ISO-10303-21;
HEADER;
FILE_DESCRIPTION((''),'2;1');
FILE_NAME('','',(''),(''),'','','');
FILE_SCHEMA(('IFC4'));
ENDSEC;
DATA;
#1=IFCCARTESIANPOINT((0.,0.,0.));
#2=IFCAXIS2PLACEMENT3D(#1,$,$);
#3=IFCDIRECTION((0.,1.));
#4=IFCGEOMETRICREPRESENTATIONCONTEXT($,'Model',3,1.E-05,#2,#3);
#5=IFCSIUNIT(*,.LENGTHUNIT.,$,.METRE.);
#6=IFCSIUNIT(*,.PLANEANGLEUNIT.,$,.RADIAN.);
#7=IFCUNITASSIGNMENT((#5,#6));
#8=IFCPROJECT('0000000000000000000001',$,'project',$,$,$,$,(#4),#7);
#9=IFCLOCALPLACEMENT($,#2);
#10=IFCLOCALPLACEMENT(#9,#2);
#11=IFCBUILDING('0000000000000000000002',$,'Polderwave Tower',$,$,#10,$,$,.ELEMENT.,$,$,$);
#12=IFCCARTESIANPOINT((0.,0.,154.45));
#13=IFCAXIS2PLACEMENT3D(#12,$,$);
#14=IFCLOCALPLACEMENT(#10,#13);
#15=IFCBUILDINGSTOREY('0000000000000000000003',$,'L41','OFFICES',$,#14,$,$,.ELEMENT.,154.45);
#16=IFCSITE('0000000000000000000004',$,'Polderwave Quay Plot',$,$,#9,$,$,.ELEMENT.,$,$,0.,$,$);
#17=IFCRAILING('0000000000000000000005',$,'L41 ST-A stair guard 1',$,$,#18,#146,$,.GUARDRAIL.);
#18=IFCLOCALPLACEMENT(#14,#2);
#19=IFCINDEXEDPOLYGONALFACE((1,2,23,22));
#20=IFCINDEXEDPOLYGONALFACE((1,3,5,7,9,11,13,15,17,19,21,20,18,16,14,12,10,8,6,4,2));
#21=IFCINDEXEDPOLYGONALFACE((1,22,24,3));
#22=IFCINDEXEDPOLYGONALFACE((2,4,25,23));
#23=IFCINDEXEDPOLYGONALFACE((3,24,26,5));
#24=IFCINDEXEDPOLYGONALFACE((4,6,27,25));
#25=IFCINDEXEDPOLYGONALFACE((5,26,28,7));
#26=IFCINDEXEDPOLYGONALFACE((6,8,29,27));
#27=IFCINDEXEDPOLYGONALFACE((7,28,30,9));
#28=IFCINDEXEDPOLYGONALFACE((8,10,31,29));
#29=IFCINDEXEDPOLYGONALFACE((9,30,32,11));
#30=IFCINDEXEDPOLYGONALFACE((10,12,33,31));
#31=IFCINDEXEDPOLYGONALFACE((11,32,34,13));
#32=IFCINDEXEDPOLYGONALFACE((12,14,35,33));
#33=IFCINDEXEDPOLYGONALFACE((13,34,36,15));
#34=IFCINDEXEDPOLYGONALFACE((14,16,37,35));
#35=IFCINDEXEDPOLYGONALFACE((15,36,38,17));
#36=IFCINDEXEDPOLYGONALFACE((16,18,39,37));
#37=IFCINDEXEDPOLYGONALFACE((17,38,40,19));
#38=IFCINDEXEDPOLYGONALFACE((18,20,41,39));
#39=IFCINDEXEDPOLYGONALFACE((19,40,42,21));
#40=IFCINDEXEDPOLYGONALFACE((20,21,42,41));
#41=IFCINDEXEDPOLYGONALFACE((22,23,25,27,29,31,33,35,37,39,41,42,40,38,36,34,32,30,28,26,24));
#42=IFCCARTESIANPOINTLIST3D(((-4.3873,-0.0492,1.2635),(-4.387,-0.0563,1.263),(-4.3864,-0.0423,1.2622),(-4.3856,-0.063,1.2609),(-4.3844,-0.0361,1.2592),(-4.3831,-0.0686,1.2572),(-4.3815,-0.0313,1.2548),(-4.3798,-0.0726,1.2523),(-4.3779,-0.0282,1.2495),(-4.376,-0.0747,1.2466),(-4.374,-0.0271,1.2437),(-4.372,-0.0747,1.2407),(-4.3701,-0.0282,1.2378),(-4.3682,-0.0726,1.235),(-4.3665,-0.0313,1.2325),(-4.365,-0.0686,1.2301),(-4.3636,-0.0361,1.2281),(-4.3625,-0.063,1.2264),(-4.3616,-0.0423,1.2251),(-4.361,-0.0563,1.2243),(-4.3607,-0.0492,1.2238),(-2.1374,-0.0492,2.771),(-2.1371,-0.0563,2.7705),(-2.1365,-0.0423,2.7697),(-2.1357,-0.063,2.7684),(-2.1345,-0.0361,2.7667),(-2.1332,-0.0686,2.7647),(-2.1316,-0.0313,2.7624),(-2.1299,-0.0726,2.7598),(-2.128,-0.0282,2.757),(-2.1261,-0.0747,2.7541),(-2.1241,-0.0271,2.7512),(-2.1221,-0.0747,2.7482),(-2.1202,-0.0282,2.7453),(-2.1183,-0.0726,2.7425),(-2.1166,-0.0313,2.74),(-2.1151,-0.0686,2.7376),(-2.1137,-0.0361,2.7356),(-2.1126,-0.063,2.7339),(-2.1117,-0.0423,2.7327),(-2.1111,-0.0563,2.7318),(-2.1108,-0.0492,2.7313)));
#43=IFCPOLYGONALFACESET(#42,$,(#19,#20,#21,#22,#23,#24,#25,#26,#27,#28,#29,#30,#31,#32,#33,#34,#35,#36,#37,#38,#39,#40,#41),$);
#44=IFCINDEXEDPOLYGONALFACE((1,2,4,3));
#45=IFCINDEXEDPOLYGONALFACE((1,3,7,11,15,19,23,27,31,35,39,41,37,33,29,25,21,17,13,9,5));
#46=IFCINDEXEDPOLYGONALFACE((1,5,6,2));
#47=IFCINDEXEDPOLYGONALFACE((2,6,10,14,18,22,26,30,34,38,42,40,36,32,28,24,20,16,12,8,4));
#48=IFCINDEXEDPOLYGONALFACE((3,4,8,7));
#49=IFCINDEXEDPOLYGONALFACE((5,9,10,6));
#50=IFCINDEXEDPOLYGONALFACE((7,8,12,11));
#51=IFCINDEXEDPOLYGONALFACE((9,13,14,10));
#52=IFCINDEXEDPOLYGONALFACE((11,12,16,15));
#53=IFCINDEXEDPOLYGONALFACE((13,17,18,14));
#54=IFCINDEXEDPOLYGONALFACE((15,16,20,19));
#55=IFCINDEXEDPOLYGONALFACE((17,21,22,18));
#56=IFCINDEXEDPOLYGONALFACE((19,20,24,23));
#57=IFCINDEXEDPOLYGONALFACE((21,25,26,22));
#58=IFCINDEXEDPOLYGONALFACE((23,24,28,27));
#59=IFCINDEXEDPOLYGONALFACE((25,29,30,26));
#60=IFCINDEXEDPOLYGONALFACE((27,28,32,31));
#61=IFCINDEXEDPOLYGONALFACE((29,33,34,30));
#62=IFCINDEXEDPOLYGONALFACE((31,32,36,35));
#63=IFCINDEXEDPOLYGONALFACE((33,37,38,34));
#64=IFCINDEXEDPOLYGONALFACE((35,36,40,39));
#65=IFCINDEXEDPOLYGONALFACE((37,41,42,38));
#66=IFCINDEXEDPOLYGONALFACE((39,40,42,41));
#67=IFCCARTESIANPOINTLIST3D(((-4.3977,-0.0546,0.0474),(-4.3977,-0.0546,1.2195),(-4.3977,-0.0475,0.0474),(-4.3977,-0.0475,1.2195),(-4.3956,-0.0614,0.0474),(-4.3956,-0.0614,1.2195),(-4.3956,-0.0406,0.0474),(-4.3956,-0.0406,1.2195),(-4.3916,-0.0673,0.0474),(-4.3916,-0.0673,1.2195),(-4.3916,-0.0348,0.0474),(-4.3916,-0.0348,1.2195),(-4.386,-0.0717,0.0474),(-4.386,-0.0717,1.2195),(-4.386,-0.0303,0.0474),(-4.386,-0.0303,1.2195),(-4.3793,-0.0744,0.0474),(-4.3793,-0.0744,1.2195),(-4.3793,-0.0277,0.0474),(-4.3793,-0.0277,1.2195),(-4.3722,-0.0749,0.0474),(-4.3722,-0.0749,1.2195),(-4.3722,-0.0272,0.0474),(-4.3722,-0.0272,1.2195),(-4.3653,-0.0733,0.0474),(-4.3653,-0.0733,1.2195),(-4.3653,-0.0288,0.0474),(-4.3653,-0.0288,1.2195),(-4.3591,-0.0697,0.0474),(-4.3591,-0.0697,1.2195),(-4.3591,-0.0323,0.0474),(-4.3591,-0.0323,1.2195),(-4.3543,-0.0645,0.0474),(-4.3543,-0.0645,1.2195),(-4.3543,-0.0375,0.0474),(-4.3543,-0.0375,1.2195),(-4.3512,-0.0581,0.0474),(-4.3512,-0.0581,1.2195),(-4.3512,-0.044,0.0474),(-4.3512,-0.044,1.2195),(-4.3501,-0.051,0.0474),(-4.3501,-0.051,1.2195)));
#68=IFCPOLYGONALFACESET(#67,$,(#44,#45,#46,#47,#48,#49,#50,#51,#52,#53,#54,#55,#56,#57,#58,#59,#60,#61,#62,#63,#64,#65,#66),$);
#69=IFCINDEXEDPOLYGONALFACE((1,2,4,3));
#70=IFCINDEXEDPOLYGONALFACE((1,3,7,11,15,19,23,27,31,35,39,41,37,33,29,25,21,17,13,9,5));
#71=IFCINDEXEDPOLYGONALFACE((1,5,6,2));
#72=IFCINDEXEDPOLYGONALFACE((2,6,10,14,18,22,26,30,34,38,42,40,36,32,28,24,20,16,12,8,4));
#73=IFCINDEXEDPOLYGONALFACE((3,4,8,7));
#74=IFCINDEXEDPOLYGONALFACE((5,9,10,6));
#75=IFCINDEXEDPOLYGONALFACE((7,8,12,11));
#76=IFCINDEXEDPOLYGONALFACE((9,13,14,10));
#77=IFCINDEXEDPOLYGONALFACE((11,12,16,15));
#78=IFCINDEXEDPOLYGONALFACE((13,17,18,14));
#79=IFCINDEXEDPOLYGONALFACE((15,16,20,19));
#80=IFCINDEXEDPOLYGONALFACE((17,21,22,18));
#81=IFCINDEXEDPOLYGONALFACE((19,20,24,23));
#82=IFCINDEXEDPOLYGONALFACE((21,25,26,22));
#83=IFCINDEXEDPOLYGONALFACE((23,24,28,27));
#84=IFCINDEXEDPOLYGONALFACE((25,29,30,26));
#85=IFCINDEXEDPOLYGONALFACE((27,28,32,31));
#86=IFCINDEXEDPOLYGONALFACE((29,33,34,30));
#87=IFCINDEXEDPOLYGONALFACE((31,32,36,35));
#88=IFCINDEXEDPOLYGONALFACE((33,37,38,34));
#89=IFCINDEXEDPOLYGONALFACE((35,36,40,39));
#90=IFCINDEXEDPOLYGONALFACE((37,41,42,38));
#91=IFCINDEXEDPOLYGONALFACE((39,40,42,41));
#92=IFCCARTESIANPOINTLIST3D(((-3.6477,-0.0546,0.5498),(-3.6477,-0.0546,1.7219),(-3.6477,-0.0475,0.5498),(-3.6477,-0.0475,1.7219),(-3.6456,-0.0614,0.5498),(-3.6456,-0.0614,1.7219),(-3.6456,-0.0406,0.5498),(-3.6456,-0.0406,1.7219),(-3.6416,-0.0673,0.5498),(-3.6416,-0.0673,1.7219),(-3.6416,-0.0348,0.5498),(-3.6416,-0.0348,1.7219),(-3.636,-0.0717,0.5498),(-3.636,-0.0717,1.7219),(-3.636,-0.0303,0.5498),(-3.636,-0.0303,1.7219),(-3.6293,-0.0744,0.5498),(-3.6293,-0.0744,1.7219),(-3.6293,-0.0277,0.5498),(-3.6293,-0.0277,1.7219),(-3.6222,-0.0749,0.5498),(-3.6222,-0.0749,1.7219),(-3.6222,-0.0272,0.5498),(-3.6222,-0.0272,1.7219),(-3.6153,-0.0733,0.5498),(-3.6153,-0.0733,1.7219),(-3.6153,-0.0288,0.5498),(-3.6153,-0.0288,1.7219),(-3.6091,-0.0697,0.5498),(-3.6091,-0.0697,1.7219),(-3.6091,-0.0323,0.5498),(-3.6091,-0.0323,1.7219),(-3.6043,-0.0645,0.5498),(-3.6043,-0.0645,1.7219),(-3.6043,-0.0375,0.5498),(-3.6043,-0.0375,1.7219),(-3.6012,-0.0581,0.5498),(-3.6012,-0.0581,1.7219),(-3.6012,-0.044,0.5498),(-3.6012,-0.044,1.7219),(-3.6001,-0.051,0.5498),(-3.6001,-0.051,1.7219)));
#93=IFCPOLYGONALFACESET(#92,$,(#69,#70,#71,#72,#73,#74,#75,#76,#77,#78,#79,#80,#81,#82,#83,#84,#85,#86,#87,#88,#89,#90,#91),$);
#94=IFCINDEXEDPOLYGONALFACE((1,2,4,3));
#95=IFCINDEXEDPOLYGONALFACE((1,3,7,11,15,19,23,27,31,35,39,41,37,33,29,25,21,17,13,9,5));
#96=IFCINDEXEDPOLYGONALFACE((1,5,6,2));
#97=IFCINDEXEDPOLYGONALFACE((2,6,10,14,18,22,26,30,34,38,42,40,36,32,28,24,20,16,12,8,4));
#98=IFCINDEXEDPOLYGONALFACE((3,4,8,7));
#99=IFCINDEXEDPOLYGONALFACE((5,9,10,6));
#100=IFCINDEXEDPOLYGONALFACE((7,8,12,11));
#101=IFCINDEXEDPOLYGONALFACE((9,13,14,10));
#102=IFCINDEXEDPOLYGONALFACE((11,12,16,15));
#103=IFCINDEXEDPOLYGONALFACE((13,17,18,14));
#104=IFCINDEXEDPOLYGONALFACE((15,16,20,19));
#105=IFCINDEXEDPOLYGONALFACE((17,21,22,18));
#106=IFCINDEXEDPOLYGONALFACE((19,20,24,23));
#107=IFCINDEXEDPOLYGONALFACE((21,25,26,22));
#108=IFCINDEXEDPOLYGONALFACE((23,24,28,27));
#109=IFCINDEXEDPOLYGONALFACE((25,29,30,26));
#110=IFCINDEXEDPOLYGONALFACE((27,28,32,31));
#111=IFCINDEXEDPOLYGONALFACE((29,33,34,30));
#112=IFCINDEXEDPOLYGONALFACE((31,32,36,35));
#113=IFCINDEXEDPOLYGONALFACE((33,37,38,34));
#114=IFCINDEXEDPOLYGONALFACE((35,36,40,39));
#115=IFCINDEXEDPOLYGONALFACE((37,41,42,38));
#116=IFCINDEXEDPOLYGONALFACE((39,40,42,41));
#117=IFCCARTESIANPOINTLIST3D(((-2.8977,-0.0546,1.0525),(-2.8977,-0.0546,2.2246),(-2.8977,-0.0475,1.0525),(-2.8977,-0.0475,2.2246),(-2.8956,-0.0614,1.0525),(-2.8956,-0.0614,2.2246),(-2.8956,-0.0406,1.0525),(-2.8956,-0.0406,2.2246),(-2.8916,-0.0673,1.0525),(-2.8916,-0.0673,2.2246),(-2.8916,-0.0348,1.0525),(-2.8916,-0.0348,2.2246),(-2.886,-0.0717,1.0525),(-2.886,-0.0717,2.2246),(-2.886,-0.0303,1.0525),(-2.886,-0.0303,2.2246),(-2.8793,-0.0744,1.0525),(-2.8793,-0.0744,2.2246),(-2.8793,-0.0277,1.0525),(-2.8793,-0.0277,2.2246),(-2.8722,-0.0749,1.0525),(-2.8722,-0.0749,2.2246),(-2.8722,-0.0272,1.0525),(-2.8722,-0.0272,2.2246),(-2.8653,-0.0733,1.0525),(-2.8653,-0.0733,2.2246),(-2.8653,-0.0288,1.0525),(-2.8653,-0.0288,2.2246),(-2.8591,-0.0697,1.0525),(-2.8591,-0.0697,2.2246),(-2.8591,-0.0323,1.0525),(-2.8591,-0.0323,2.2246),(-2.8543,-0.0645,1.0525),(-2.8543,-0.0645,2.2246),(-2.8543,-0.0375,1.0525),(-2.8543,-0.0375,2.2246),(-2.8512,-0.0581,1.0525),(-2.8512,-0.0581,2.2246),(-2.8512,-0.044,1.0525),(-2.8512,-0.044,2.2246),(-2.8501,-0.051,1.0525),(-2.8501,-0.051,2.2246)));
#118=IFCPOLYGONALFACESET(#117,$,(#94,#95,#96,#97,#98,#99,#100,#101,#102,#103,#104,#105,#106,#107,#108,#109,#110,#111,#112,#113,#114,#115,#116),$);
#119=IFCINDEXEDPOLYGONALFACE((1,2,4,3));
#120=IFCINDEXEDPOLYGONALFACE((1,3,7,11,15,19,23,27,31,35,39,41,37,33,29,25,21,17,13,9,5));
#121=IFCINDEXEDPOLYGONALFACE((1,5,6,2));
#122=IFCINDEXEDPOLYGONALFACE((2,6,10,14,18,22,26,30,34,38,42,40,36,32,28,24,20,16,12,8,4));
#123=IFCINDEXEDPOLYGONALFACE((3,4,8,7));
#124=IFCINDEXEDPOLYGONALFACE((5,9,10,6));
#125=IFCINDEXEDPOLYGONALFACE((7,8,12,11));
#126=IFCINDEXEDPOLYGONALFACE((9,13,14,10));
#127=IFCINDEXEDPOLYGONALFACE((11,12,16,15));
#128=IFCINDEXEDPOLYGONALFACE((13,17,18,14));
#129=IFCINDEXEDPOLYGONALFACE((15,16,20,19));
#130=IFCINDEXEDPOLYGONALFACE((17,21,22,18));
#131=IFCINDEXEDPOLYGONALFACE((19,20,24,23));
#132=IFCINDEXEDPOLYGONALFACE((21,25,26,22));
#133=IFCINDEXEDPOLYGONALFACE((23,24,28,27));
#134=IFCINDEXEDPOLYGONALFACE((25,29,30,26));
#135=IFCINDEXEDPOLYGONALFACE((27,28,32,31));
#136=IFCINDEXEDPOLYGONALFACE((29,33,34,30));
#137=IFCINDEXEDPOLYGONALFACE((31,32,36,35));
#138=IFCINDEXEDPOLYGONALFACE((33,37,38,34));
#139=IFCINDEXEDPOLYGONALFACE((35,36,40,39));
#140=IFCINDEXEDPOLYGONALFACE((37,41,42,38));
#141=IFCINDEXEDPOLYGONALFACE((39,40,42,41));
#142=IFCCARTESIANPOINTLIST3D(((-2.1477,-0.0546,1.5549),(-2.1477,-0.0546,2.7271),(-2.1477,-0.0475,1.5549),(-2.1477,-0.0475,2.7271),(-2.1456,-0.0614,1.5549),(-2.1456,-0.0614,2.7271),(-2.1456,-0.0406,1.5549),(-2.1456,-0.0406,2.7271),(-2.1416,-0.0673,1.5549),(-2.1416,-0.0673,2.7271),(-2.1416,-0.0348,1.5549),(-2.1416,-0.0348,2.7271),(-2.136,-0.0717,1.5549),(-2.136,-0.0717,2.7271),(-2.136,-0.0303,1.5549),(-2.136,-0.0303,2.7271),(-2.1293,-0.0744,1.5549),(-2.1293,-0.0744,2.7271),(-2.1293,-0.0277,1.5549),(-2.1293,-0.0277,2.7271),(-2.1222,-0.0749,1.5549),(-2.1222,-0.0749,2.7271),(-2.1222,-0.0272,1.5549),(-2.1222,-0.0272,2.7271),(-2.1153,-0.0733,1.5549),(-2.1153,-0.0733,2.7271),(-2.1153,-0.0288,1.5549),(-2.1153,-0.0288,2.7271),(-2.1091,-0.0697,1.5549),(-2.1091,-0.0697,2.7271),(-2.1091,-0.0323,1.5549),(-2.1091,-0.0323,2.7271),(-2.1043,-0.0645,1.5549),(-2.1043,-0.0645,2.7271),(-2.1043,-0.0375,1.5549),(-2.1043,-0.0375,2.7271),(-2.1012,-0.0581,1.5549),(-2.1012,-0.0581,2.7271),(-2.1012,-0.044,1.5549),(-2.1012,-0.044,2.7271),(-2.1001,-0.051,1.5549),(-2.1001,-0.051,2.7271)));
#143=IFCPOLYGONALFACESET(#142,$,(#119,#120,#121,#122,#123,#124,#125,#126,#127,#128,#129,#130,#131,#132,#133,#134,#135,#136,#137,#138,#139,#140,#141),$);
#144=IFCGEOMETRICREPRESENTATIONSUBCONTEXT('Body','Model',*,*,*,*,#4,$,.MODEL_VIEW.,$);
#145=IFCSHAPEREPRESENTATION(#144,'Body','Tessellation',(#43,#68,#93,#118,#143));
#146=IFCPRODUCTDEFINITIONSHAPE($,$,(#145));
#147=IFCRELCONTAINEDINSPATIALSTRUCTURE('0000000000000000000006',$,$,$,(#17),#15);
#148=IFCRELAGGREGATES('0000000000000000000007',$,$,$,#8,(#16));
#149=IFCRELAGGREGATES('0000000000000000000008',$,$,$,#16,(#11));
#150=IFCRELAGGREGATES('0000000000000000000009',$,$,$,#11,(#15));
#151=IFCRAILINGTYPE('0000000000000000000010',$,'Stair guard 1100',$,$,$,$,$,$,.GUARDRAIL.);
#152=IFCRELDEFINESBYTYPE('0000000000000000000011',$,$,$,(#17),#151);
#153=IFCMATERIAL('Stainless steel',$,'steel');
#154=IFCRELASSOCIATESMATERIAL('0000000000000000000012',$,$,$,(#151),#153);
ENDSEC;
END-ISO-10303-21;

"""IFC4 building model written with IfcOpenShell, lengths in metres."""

from ifc_helpers import new_model, si_unit, direction, frame, origin, origin_2d, place, context, subcontext, project, spatial, circle, extrude, material, type_object, element, save


model = new_model("IFC4")

# Units and contexts
model_context = context("Model", 3, precision=1e-05, world=origin(), true_north=direction((0.0, 1.0)))
body_context = subcontext(model_context, "Body", "Model", "MODEL_VIEW")
ifc_project = project(units=[si_unit("LENGTHUNIT", "METRE"), si_unit("PLANEANGLEUNIT", "RADIAN")], contexts=[model_context])

# Site, building, storey
site_placement = place(None, origin())
site = spatial("IfcSite", under=ifc_project, at=site_placement, Name="Polderwave Quay Plot", CompositionType="ELEMENT", RefElevation=0.0)
building_placement = place(site_placement, origin())
building = spatial("IfcBuilding", under=site, at=building_placement, Name="Polderwave Tower", CompositionType="ELEMENT")
storey_placement = place(building_placement, frame((0.0, 0.0, 154.45)))
storey = spatial("IfcBuildingStorey", under=building, at=storey_placement, Name="L41", Description="OFFICES", CompositionType="ELEMENT", Elevation=154.45)

# Railing
ifc_material_1 = material(Name="Stainless steel", Category="steel")
railing_type_1 = type_object("IfcRailingType", Name="Stair guard 1100", PredefinedType="GUARDRAIL", material=ifc_material_1)
railing_1_placement = place(storey_placement, frame((-4.374, -0.051, 0.0474)))
element("IfcRailing", 1, at=railing_1_placement, inside=storey, type_object=railing_type_1, Name="L41 ST-A stair guard 1", PredefinedType="GUARDRAIL", context=body_context, shape_type="SweptSolid", body=[
    extrude(circle(Radius=0.0239, at=origin_2d()), frame((0.0, 0.0, 1.1963), z_axis=(0.830758, 0.0, 0.556633), x_axis=(0.0, 1.0, 0.0)), (0.0, 0.0, 1.0), 2.7083),
    extrude(circle(Radius=0.0239, at=origin_2d()), origin(), (0.0, 0.0, 1.0), 1.1721),
    extrude(circle(Radius=0.0239, at=origin_2d()), frame((0.75, 0.0, 0.5024)), (0.0, 0.0, 1.0), 1.1721),
    extrude(circle(Radius=0.0239, at=origin_2d()), frame((1.5, 0.0, 1.0051)), (0.0, 0.0, 1.0), 1.1721),
    extrude(circle(Radius=0.0239, at=origin_2d()), frame((2.25, 0.0, 1.5076)), (0.0, 0.0, 1.0), 1.1721),
])

save(model, "model.ifc")
